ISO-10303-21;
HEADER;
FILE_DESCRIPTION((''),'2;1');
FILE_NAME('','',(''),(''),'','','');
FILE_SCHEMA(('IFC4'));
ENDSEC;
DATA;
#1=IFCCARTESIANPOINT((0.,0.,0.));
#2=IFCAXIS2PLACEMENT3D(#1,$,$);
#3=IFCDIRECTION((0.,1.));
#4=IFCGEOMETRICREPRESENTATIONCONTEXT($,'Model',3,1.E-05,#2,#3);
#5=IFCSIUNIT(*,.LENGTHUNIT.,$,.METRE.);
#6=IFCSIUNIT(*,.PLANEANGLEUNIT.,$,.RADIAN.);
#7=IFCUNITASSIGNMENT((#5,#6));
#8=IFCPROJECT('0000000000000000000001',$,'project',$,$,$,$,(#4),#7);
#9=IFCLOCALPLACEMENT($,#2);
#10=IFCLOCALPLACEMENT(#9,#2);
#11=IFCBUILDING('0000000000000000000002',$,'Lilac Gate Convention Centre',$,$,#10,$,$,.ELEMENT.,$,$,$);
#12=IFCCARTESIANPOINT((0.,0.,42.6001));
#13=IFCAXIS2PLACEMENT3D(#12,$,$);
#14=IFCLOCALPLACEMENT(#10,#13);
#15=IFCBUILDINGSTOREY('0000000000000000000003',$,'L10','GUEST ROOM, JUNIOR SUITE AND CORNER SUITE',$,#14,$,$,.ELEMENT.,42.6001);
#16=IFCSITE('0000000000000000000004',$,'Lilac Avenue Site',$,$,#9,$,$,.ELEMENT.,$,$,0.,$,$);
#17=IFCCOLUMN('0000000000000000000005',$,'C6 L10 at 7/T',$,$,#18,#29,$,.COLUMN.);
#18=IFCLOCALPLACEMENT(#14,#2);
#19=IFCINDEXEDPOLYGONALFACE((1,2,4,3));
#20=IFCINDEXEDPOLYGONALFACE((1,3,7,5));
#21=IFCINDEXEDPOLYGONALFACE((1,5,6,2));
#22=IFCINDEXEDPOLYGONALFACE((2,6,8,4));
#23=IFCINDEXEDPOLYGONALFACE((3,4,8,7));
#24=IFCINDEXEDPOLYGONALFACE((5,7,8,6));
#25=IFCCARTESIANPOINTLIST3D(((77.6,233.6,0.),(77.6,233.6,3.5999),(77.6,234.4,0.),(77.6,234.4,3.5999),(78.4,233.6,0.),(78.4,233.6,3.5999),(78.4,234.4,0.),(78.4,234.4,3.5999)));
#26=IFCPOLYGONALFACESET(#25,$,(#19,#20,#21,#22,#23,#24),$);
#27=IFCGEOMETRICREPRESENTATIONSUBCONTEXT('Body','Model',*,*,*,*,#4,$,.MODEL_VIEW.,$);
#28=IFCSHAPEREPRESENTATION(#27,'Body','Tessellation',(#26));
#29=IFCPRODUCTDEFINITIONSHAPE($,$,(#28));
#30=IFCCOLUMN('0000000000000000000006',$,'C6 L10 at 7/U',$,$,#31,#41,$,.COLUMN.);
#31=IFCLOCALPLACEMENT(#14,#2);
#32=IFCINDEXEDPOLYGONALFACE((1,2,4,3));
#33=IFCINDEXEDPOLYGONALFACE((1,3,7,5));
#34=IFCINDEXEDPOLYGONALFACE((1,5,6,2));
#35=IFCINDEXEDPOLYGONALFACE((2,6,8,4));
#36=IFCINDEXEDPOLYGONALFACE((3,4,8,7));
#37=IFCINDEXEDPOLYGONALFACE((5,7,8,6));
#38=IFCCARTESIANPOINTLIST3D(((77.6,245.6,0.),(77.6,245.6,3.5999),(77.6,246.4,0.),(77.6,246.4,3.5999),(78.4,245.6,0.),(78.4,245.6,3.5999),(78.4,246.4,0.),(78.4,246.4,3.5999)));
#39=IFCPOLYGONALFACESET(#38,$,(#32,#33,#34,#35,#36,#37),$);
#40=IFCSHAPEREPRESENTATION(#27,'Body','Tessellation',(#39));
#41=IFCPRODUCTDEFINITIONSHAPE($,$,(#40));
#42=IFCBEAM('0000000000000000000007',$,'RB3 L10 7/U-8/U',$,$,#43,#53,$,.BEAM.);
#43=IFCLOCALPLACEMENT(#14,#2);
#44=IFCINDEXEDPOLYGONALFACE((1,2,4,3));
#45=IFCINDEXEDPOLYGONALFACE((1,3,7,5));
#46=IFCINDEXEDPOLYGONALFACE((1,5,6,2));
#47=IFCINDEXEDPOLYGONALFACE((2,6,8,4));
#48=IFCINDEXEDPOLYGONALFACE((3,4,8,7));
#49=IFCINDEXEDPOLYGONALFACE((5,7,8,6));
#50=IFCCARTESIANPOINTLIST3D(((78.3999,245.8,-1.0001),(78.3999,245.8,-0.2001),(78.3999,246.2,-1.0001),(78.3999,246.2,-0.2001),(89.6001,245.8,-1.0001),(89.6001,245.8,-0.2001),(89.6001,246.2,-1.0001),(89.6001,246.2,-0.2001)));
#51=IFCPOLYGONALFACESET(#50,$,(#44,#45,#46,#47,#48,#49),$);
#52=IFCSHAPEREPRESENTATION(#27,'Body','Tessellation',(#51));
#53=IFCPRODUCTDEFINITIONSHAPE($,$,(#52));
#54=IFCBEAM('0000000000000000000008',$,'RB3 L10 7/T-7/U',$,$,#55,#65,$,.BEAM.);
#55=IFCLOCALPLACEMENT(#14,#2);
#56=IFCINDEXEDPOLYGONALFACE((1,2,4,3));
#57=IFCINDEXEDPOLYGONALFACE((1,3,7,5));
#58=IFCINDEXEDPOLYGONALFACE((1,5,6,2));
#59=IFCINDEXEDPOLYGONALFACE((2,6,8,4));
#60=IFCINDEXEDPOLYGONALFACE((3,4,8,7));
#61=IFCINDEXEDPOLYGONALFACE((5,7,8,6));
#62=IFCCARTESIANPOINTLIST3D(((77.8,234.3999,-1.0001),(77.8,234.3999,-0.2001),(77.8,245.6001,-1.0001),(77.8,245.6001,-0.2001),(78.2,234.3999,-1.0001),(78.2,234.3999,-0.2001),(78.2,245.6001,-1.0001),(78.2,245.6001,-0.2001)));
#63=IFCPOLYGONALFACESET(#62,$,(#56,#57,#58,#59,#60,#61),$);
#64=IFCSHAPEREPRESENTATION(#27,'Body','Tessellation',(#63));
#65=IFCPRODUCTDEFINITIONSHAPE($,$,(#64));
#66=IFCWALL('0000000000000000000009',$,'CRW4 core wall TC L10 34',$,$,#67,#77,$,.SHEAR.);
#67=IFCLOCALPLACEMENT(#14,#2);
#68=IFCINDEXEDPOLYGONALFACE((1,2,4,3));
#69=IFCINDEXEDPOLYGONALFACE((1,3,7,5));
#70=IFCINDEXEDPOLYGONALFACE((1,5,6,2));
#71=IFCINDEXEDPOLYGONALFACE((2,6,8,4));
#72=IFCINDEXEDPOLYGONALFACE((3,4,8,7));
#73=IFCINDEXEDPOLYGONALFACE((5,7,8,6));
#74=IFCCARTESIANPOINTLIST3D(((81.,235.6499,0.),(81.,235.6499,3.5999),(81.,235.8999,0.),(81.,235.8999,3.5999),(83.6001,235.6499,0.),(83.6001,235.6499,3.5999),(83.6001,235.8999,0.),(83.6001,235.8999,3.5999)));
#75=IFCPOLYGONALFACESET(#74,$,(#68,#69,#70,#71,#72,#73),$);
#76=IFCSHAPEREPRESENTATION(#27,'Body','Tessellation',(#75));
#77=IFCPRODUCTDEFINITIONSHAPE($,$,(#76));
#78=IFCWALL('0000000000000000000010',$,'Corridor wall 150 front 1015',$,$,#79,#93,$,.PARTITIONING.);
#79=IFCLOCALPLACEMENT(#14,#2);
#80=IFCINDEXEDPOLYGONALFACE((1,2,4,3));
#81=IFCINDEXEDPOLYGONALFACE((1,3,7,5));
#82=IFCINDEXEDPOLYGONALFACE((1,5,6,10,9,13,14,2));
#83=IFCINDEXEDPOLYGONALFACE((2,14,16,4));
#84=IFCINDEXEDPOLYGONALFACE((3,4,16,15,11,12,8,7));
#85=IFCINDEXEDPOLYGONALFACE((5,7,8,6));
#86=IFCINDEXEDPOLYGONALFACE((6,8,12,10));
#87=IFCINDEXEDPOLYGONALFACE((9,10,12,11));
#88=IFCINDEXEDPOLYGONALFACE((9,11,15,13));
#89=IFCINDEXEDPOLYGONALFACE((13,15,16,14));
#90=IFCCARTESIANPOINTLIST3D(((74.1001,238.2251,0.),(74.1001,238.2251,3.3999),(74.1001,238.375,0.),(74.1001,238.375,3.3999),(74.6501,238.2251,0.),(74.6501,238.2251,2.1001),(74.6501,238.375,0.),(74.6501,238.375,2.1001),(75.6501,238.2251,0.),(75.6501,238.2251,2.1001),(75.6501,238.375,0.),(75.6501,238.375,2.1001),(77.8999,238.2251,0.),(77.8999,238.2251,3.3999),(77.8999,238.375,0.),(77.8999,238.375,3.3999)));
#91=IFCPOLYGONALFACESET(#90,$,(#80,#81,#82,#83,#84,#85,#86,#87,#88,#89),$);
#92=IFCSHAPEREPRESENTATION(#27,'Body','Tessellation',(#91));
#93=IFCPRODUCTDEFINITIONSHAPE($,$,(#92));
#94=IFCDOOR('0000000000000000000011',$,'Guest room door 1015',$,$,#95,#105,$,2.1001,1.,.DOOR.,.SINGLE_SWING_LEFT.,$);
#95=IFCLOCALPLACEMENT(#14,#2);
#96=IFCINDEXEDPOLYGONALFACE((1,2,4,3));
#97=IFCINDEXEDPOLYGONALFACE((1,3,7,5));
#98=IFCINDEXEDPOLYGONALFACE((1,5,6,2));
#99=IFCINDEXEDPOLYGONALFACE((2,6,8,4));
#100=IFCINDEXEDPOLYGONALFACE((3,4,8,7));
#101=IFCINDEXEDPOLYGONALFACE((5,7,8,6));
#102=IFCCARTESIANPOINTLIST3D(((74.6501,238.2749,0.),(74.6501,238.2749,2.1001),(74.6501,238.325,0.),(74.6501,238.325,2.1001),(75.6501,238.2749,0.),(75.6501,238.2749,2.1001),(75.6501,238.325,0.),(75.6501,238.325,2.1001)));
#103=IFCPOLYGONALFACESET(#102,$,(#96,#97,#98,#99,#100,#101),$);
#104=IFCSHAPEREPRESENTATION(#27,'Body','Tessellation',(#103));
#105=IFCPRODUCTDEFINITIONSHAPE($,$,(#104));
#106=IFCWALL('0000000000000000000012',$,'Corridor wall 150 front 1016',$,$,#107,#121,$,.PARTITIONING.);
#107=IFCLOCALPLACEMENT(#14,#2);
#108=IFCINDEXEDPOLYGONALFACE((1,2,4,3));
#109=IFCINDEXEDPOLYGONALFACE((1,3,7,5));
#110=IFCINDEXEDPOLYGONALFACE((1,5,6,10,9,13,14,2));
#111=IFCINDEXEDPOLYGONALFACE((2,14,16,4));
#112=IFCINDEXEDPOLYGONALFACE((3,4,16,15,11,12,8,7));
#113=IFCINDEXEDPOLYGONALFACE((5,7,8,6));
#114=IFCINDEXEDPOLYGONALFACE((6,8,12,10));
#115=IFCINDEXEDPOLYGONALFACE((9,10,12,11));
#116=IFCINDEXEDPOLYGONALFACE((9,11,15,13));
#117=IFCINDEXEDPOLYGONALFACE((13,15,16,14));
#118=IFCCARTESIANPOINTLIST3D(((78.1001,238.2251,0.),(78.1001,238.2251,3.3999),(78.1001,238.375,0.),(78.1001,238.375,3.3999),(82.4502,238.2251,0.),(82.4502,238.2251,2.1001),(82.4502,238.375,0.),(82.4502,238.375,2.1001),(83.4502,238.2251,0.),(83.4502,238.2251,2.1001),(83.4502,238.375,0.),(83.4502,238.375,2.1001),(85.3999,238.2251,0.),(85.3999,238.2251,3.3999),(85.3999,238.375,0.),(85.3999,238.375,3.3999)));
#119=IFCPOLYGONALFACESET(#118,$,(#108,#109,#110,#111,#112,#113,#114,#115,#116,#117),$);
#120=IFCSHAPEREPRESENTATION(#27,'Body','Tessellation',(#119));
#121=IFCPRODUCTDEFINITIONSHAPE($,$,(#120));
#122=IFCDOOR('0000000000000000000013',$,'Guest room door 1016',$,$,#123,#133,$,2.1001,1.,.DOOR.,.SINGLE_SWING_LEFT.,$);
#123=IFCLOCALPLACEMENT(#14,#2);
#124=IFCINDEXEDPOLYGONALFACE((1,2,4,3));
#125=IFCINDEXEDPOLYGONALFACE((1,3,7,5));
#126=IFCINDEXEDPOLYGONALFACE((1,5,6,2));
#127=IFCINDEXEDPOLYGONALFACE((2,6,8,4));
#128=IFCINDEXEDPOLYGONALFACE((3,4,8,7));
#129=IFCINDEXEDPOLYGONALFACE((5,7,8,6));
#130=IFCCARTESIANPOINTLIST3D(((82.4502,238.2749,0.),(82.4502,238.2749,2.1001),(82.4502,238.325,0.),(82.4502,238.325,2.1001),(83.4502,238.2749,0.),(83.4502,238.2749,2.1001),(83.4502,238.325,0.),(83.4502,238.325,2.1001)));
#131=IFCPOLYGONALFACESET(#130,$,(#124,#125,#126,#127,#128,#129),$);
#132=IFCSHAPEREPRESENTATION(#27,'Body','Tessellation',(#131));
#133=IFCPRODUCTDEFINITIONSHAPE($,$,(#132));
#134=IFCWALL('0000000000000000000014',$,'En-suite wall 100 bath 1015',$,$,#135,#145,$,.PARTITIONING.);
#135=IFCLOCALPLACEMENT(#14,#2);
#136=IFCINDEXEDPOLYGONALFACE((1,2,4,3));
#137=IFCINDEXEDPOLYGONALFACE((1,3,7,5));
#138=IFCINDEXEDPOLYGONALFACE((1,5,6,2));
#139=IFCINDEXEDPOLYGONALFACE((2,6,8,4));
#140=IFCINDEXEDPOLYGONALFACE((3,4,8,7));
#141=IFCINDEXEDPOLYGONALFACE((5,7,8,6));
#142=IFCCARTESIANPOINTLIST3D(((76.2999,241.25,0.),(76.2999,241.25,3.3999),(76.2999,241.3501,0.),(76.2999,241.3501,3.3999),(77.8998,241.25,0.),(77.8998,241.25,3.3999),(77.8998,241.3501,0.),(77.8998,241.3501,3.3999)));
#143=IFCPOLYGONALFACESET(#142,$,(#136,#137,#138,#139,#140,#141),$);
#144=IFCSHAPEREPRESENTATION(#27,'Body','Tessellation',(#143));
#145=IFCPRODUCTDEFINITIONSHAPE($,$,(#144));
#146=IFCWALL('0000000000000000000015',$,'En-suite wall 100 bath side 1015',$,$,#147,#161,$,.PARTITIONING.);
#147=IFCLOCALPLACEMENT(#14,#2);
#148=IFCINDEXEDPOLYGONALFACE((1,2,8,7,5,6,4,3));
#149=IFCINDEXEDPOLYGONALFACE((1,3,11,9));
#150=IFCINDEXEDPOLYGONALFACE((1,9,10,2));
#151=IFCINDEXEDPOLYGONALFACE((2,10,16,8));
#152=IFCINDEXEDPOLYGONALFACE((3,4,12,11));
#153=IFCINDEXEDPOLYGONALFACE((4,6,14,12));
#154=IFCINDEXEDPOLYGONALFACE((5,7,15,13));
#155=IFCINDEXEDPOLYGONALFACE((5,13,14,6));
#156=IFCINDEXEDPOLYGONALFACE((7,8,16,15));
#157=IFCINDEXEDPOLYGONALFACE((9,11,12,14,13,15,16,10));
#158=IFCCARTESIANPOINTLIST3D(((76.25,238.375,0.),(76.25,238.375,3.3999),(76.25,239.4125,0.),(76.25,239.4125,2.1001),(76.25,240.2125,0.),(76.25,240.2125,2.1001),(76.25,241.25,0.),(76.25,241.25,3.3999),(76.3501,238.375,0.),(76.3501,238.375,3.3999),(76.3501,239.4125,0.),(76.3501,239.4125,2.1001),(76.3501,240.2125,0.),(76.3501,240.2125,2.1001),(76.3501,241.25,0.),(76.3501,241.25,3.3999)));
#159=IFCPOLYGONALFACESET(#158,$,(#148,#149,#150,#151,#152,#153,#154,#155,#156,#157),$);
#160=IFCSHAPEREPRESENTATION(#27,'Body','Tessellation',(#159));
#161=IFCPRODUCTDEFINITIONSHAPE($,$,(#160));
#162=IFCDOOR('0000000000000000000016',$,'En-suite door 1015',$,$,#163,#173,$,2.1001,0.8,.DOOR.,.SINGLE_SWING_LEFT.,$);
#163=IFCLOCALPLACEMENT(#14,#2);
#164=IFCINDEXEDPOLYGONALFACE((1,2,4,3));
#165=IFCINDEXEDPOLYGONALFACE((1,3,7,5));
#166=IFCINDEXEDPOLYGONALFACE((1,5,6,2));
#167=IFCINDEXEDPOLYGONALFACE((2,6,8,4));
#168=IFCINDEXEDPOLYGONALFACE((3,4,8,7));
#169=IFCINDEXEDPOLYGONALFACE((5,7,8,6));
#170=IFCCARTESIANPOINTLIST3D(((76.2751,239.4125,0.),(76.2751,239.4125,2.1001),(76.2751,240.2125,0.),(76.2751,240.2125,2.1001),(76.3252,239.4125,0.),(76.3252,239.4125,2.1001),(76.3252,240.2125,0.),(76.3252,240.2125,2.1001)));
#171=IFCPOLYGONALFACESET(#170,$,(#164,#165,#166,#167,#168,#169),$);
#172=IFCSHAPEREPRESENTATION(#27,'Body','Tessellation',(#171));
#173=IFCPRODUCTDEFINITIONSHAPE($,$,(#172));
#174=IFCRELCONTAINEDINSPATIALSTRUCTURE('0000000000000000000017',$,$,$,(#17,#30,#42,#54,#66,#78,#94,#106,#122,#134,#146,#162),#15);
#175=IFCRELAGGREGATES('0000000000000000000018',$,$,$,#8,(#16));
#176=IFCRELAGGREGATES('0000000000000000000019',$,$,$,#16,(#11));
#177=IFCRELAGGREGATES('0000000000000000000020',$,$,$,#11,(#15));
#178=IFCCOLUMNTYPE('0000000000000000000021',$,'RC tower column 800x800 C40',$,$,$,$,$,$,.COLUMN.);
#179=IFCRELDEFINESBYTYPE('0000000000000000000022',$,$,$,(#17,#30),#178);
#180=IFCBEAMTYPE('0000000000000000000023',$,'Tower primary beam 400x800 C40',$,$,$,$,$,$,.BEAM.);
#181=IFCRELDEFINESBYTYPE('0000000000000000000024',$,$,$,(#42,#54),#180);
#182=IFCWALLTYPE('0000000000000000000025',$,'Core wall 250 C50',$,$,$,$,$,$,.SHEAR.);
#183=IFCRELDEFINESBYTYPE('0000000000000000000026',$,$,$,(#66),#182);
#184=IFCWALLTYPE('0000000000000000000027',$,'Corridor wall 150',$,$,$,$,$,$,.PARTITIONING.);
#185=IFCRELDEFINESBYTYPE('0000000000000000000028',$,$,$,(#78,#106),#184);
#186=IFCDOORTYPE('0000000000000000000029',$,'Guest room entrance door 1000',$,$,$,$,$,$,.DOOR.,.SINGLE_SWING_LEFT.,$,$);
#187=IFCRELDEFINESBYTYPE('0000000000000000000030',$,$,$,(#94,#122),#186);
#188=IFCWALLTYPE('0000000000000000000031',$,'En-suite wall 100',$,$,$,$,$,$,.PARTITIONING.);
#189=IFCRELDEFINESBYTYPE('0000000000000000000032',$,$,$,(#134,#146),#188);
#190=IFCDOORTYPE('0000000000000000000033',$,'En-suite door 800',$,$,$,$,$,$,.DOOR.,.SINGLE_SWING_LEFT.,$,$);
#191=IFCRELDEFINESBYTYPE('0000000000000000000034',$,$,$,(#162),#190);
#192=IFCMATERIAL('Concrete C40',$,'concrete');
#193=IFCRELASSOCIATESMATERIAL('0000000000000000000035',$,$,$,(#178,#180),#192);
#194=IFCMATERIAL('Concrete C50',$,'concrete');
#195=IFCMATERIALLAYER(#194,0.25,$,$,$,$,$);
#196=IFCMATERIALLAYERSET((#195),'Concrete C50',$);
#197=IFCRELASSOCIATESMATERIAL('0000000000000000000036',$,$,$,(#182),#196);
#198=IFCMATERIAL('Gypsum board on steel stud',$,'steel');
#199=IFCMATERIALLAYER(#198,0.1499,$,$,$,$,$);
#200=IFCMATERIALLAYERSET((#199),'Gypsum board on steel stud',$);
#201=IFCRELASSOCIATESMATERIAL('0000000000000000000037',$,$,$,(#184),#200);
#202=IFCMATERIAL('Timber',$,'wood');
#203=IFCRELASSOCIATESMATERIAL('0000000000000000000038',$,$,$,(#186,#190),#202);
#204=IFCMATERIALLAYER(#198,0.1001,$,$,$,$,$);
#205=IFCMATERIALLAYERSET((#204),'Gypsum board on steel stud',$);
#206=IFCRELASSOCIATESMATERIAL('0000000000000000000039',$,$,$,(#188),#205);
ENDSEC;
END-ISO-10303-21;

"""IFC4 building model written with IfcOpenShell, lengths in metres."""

from ifc_helpers import new_model, si_unit, direction, frame, frame_2d, origin, origin_2d, place, context, subcontext, project, spatial, rectangle, extrude, material, layer, layer_set, material_profile, profile_set, type_object, element, fill, save


model = new_model("IFC4")

# Units and contexts
model_context = context("Model", 3, precision=1e-05, world=origin(), true_north=direction((0.0, 1.0)))
body_context = subcontext(model_context, "Body", "Model", "MODEL_VIEW")
ifc_project = project(units=[si_unit("LENGTHUNIT", "METRE"), si_unit("PLANEANGLEUNIT", "RADIAN")], contexts=[model_context])

# Site, building, storey
site_placement = place(None, origin())
site = spatial("IfcSite", under=ifc_project, at=site_placement, Name="Lilac Avenue Site", CompositionType="ELEMENT", RefElevation=0.0)
building_placement = place(site_placement, origin())
building = spatial("IfcBuilding", under=site, at=building_placement, Name="Lilac Gate Convention Centre", CompositionType="ELEMENT")
storey_placement = place(building_placement, frame((0.0, 0.0, 42.6001)))
storey = spatial("IfcBuildingStorey", under=building, at=storey_placement, Name="L10", Description="GUEST ROOM, JUNIOR SUITE AND CORNER SUITE", CompositionType="ELEMENT", Elevation=42.6001)

# Columns
ifc_material_1 = material(Name="Concrete C40", Category="concrete")
ifc_material_profile_1 = material_profile(ifc_material_1, rectangle(XDim=0.8, YDim=0.8, at=origin_2d()), Name="RC 800x800")
ifc_profile_set_1 = profile_set([ifc_material_profile_1], Name="Concrete C40")
column_type = type_object("IfcColumnType", Name="RC tower column 800x800 C40", PredefinedType="COLUMN", material=ifc_profile_set_1)
for number, where, z_axis, x_axis, name in (
    (1, (78.0, 234.0, 0.0), (0.0, 0.0, 1.0), (1.0, 0.0, 0.0), "C6 L10 at 7/T"),
    (2, (78.0, 246.0, 0.0), (0.0, 0.0, 1.0), (1.0, 0.0, 0.0), "C6 L10 at 7/U"),
):
    element("IfcColumn", number, at=place(storey_placement, frame(where, z_axis=z_axis, x_axis=x_axis)), inside=storey, type_object=column_type, Name=name, PredefinedType="COLUMN", context=body_context, shape_type="SweptSolid", body=[
        extrude(rectangle(XDim=0.8, YDim=0.8, at=origin_2d()), origin(), (0.0, 0.0, 1.0), 3.5999),
    ])

# Beams
ifc_material_profile_2 = material_profile(ifc_material_1, rectangle(XDim=0.3999, YDim=0.8, at=origin_2d()), Name="RC 400x800")
ifc_profile_set_2 = profile_set([ifc_material_profile_2], Name="Concrete C40")
beam_type = type_object("IfcBeamType", Name="Tower primary beam 400x800 C40", PredefinedType="BEAM", material=ifc_profile_set_2)
for number, where, z_axis, x_axis, name in (
    (3, (78.3999, 246.0, -0.6001), (1.0, 0.0, 0.0), (0.0, 1.0, 0.0), "RB3 L10 7/U-8/U"),
    (4, (78.0, 234.3999, -0.6001), (0.0, 1.0, 0.0), (-1.0, 0.0, 0.0), "RB3 L10 7/T-7/U"),
):
    element("IfcBeam", number, at=place(storey_placement, frame(where, z_axis=z_axis, x_axis=x_axis)), inside=storey, type_object=beam_type, Name=name, PredefinedType="BEAM", context=body_context, shape_type="SweptSolid", body=[
        extrude(rectangle(XDim=0.3999, YDim=0.8, at=origin_2d()), origin(), (0.0, 0.0, 1.0), 11.2002),
    ])

# Wall
ifc_material_2 = material(Name="Concrete C50", Category="concrete")
ifc_layer_1 = layer(ifc_material_2, 0.25)
ifc_layer_set_1 = layer_set([ifc_layer_1], Name="Concrete C50")
wall_type_1 = type_object("IfcWallType", Name="Core wall 250 C50", PredefinedType="SHEAR", material=ifc_layer_set_1)
wall_1_placement = place(storey_placement, frame((81.0, 235.7749, 0.0), z_axis=(0.0, 0.0, 1.0), x_axis=(1.0, 0.0, 0.0)))
element("IfcWall", 5, at=wall_1_placement, inside=storey, type_object=wall_type_1, Name="CRW4 core wall TC L10 34", PredefinedType="SHEAR", context=body_context, shape_type="SweptSolid", body=[
    extrude(rectangle(XDim=2.6001, YDim=0.25, at=frame_2d((1.3, 0.0))), origin(), (0.0, 0.0, 1.0), 3.5999),
])

# Walls, openings, doors
ifc_material_3 = material(Name="Gypsum board on steel stud", Category="steel")
ifc_layer_2 = layer(ifc_material_3, 0.1499)
ifc_layer_set_2 = layer_set([ifc_layer_2], Name="Gypsum board on steel stud")
wall_type_2 = type_object("IfcWallType", Name="Corridor wall 150", PredefinedType="PARTITIONING", material=ifc_layer_set_2)
wall_2_placement = place(storey_placement, frame((74.1001, 238.3, 0.0), z_axis=(0.0, 0.0, 1.0), x_axis=(1.0, 0.0, 0.0)))
wall_2 = element("IfcWall", 6, at=wall_2_placement, inside=storey, type_object=wall_type_2, Name="Corridor wall 150 front 1015", PredefinedType="PARTITIONING", context=body_context, shape_type="SweptSolid", body=[
    extrude(rectangle(XDim=3.7998, YDim=0.1499, at=frame_2d((1.8999, 0.0))), origin(), (0.0, 0.0, 1.0), 3.3999),
])
opening_1_placement = place(wall_2_placement, frame((0.55, 0.0, 0.0)))
opening_1 = element("IfcOpeningElement", 7, at=opening_1_placement, cuts=wall_2, PredefinedType="OPENING", context=body_context, shape_type="SweptSolid", body=[
    extrude(rectangle(XDim=1.0, YDim=2.1001, at=frame_2d((0.5, 1.05))), frame((0.0, 0.085, 0.0), z_axis=(0.0, -1.0, 0.0), x_axis=(1.0, 0.0, 0.0)), (0.0, 0.0, 1.0), 0.1699),
])
ifc_material_4 = material(Name="Timber", Category="wood")
door_type_1 = type_object("IfcDoorType", Name="Guest room entrance door 1000", OperationType="SINGLE_SWING_LEFT", PredefinedType="DOOR", material=ifc_material_4)
door_1_placement = place(opening_1_placement, origin())
door_1 = element("IfcDoor", 8, at=door_1_placement, inside=storey, type_object=door_type_1, Name="Guest room door 1015", OperationType="SINGLE_SWING_LEFT", OverallHeight=2.1001, OverallWidth=1.0, PredefinedType="DOOR", context=body_context, shape_type="SweptSolid", body=[
    extrude(rectangle(XDim=1.0, YDim=2.1001, at=frame_2d((0.5, 1.05))), frame((0.0, 0.0249, 0.0), z_axis=(0.0, -1.0, 0.0), x_axis=(1.0, 0.0, 0.0)), (0.0, 0.0, 1.0), 0.05),
])
fill(opening_1, door_1)
wall_3_placement = place(storey_placement, frame((78.1001, 238.3, 0.0), z_axis=(0.0, 0.0, 1.0), x_axis=(1.0, 0.0, 0.0)))
wall_3 = element("IfcWall", 9, at=wall_3_placement, inside=storey, type_object=wall_type_2, Name="Corridor wall 150 front 1016", PredefinedType="PARTITIONING", context=body_context, shape_type="SweptSolid", body=[
    extrude(rectangle(XDim=7.2998, YDim=0.1499, at=frame_2d((3.6499, 0.0))), origin(), (0.0, 0.0, 1.0), 3.3999),
])
opening_2_placement = place(wall_3_placement, frame((4.3501, 0.0, 0.0)))
opening_2 = element("IfcOpeningElement", 10, at=opening_2_placement, cuts=wall_3, PredefinedType="OPENING", context=body_context, shape_type="SweptSolid", body=[
    extrude(rectangle(XDim=1.0, YDim=2.1001, at=frame_2d((0.5, 1.05))), frame((0.0, 0.085, 0.0), z_axis=(0.0, -1.0, 0.0), x_axis=(1.0, 0.0, 0.0)), (0.0, 0.0, 1.0), 0.1699),
])
door_2_placement = place(opening_2_placement, origin())
door_2 = element("IfcDoor", 11, at=door_2_placement, inside=storey, type_object=door_type_1, Name="Guest room door 1016", OperationType="SINGLE_SWING_LEFT", OverallHeight=2.1001, OverallWidth=1.0, PredefinedType="DOOR", context=body_context, shape_type="SweptSolid", body=[
    extrude(rectangle(XDim=1.0, YDim=2.1001, at=frame_2d((0.5, 1.05))), frame((0.0, 0.0249, 0.0), z_axis=(0.0, -1.0, 0.0), x_axis=(1.0, 0.0, 0.0)), (0.0, 0.0, 1.0), 0.05),
])
fill(opening_2, door_2)

# Wall
ifc_layer_3 = layer(ifc_material_3, 0.1001)
ifc_layer_set_3 = layer_set([ifc_layer_3], Name="Gypsum board on steel stud")
wall_type_3 = type_object("IfcWallType", Name="En-suite wall 100", PredefinedType="PARTITIONING", material=ifc_layer_set_3)
wall_4_placement = place(storey_placement, frame((76.3, 241.3, 0.0), z_axis=(0.0, 0.0, 1.0), x_axis=(1.0, 0.0, 0.0)))
element("IfcWall", 12, at=wall_4_placement, inside=storey, type_object=wall_type_3, Name="En-suite wall 100 bath 1015", PredefinedType="PARTITIONING", context=body_context, shape_type="SweptSolid", body=[
    extrude(rectangle(XDim=1.5999, YDim=0.1001, at=frame_2d((0.7998, 0.0))), origin(), (0.0, 0.0, 1.0), 3.3999),
])

# Wall, opening, door
wall_5_placement = place(storey_placement, frame((76.3, 238.375, 0.0), z_axis=(0.0, 0.0, 1.0), x_axis=(0.0, 1.0, 0.0)))
wall_5 = element("IfcWall", 13, at=wall_5_placement, inside=storey, type_object=wall_type_3, Name="En-suite wall 100 bath side 1015", PredefinedType="PARTITIONING", context=body_context, shape_type="SweptSolid", body=[
    extrude(rectangle(XDim=2.875, YDim=0.1001, at=frame_2d((1.4375, 0.0))), origin(), (0.0, 0.0, 1.0), 3.3999),
])
opening_3_placement = place(wall_5_placement, frame((1.0376, 0.0, 0.0)))
opening_3 = element("IfcOpeningElement", 14, at=opening_3_placement, cuts=wall_5, PredefinedType="OPENING", context=body_context, shape_type="SweptSolid", body=[
    extrude(rectangle(XDim=0.8, YDim=2.1001, at=frame_2d((0.3999, 1.05))), frame((0.0, 0.0601, 0.0), z_axis=(0.0, -1.0, 0.0), x_axis=(1.0, 0.0, 0.0)), (0.0, 0.0, 1.0), 0.1201),
])
door_type_2 = type_object("IfcDoorType", Name="En-suite door 800", OperationType="SINGLE_SWING_LEFT", PredefinedType="DOOR", material=ifc_material_4)
door_3_placement = place(opening_3_placement, origin())
door_3 = element("IfcDoor", 15, at=door_3_placement, inside=storey, type_object=door_type_2, Name="En-suite door 1015", OperationType="SINGLE_SWING_LEFT", OverallHeight=2.1001, OverallWidth=0.8, PredefinedType="DOOR", context=body_context, shape_type="SweptSolid", body=[
    extrude(rectangle(XDim=0.8, YDim=2.1001, at=frame_2d((0.3999, 1.05))), frame((0.0, 0.0249, 0.0), z_axis=(0.0, -1.0, 0.0), x_axis=(1.0, 0.0, 0.0)), (0.0, 0.0, 1.0), 0.05),
])
fill(opening_3, door_3)

save(model, "model.ifc")
